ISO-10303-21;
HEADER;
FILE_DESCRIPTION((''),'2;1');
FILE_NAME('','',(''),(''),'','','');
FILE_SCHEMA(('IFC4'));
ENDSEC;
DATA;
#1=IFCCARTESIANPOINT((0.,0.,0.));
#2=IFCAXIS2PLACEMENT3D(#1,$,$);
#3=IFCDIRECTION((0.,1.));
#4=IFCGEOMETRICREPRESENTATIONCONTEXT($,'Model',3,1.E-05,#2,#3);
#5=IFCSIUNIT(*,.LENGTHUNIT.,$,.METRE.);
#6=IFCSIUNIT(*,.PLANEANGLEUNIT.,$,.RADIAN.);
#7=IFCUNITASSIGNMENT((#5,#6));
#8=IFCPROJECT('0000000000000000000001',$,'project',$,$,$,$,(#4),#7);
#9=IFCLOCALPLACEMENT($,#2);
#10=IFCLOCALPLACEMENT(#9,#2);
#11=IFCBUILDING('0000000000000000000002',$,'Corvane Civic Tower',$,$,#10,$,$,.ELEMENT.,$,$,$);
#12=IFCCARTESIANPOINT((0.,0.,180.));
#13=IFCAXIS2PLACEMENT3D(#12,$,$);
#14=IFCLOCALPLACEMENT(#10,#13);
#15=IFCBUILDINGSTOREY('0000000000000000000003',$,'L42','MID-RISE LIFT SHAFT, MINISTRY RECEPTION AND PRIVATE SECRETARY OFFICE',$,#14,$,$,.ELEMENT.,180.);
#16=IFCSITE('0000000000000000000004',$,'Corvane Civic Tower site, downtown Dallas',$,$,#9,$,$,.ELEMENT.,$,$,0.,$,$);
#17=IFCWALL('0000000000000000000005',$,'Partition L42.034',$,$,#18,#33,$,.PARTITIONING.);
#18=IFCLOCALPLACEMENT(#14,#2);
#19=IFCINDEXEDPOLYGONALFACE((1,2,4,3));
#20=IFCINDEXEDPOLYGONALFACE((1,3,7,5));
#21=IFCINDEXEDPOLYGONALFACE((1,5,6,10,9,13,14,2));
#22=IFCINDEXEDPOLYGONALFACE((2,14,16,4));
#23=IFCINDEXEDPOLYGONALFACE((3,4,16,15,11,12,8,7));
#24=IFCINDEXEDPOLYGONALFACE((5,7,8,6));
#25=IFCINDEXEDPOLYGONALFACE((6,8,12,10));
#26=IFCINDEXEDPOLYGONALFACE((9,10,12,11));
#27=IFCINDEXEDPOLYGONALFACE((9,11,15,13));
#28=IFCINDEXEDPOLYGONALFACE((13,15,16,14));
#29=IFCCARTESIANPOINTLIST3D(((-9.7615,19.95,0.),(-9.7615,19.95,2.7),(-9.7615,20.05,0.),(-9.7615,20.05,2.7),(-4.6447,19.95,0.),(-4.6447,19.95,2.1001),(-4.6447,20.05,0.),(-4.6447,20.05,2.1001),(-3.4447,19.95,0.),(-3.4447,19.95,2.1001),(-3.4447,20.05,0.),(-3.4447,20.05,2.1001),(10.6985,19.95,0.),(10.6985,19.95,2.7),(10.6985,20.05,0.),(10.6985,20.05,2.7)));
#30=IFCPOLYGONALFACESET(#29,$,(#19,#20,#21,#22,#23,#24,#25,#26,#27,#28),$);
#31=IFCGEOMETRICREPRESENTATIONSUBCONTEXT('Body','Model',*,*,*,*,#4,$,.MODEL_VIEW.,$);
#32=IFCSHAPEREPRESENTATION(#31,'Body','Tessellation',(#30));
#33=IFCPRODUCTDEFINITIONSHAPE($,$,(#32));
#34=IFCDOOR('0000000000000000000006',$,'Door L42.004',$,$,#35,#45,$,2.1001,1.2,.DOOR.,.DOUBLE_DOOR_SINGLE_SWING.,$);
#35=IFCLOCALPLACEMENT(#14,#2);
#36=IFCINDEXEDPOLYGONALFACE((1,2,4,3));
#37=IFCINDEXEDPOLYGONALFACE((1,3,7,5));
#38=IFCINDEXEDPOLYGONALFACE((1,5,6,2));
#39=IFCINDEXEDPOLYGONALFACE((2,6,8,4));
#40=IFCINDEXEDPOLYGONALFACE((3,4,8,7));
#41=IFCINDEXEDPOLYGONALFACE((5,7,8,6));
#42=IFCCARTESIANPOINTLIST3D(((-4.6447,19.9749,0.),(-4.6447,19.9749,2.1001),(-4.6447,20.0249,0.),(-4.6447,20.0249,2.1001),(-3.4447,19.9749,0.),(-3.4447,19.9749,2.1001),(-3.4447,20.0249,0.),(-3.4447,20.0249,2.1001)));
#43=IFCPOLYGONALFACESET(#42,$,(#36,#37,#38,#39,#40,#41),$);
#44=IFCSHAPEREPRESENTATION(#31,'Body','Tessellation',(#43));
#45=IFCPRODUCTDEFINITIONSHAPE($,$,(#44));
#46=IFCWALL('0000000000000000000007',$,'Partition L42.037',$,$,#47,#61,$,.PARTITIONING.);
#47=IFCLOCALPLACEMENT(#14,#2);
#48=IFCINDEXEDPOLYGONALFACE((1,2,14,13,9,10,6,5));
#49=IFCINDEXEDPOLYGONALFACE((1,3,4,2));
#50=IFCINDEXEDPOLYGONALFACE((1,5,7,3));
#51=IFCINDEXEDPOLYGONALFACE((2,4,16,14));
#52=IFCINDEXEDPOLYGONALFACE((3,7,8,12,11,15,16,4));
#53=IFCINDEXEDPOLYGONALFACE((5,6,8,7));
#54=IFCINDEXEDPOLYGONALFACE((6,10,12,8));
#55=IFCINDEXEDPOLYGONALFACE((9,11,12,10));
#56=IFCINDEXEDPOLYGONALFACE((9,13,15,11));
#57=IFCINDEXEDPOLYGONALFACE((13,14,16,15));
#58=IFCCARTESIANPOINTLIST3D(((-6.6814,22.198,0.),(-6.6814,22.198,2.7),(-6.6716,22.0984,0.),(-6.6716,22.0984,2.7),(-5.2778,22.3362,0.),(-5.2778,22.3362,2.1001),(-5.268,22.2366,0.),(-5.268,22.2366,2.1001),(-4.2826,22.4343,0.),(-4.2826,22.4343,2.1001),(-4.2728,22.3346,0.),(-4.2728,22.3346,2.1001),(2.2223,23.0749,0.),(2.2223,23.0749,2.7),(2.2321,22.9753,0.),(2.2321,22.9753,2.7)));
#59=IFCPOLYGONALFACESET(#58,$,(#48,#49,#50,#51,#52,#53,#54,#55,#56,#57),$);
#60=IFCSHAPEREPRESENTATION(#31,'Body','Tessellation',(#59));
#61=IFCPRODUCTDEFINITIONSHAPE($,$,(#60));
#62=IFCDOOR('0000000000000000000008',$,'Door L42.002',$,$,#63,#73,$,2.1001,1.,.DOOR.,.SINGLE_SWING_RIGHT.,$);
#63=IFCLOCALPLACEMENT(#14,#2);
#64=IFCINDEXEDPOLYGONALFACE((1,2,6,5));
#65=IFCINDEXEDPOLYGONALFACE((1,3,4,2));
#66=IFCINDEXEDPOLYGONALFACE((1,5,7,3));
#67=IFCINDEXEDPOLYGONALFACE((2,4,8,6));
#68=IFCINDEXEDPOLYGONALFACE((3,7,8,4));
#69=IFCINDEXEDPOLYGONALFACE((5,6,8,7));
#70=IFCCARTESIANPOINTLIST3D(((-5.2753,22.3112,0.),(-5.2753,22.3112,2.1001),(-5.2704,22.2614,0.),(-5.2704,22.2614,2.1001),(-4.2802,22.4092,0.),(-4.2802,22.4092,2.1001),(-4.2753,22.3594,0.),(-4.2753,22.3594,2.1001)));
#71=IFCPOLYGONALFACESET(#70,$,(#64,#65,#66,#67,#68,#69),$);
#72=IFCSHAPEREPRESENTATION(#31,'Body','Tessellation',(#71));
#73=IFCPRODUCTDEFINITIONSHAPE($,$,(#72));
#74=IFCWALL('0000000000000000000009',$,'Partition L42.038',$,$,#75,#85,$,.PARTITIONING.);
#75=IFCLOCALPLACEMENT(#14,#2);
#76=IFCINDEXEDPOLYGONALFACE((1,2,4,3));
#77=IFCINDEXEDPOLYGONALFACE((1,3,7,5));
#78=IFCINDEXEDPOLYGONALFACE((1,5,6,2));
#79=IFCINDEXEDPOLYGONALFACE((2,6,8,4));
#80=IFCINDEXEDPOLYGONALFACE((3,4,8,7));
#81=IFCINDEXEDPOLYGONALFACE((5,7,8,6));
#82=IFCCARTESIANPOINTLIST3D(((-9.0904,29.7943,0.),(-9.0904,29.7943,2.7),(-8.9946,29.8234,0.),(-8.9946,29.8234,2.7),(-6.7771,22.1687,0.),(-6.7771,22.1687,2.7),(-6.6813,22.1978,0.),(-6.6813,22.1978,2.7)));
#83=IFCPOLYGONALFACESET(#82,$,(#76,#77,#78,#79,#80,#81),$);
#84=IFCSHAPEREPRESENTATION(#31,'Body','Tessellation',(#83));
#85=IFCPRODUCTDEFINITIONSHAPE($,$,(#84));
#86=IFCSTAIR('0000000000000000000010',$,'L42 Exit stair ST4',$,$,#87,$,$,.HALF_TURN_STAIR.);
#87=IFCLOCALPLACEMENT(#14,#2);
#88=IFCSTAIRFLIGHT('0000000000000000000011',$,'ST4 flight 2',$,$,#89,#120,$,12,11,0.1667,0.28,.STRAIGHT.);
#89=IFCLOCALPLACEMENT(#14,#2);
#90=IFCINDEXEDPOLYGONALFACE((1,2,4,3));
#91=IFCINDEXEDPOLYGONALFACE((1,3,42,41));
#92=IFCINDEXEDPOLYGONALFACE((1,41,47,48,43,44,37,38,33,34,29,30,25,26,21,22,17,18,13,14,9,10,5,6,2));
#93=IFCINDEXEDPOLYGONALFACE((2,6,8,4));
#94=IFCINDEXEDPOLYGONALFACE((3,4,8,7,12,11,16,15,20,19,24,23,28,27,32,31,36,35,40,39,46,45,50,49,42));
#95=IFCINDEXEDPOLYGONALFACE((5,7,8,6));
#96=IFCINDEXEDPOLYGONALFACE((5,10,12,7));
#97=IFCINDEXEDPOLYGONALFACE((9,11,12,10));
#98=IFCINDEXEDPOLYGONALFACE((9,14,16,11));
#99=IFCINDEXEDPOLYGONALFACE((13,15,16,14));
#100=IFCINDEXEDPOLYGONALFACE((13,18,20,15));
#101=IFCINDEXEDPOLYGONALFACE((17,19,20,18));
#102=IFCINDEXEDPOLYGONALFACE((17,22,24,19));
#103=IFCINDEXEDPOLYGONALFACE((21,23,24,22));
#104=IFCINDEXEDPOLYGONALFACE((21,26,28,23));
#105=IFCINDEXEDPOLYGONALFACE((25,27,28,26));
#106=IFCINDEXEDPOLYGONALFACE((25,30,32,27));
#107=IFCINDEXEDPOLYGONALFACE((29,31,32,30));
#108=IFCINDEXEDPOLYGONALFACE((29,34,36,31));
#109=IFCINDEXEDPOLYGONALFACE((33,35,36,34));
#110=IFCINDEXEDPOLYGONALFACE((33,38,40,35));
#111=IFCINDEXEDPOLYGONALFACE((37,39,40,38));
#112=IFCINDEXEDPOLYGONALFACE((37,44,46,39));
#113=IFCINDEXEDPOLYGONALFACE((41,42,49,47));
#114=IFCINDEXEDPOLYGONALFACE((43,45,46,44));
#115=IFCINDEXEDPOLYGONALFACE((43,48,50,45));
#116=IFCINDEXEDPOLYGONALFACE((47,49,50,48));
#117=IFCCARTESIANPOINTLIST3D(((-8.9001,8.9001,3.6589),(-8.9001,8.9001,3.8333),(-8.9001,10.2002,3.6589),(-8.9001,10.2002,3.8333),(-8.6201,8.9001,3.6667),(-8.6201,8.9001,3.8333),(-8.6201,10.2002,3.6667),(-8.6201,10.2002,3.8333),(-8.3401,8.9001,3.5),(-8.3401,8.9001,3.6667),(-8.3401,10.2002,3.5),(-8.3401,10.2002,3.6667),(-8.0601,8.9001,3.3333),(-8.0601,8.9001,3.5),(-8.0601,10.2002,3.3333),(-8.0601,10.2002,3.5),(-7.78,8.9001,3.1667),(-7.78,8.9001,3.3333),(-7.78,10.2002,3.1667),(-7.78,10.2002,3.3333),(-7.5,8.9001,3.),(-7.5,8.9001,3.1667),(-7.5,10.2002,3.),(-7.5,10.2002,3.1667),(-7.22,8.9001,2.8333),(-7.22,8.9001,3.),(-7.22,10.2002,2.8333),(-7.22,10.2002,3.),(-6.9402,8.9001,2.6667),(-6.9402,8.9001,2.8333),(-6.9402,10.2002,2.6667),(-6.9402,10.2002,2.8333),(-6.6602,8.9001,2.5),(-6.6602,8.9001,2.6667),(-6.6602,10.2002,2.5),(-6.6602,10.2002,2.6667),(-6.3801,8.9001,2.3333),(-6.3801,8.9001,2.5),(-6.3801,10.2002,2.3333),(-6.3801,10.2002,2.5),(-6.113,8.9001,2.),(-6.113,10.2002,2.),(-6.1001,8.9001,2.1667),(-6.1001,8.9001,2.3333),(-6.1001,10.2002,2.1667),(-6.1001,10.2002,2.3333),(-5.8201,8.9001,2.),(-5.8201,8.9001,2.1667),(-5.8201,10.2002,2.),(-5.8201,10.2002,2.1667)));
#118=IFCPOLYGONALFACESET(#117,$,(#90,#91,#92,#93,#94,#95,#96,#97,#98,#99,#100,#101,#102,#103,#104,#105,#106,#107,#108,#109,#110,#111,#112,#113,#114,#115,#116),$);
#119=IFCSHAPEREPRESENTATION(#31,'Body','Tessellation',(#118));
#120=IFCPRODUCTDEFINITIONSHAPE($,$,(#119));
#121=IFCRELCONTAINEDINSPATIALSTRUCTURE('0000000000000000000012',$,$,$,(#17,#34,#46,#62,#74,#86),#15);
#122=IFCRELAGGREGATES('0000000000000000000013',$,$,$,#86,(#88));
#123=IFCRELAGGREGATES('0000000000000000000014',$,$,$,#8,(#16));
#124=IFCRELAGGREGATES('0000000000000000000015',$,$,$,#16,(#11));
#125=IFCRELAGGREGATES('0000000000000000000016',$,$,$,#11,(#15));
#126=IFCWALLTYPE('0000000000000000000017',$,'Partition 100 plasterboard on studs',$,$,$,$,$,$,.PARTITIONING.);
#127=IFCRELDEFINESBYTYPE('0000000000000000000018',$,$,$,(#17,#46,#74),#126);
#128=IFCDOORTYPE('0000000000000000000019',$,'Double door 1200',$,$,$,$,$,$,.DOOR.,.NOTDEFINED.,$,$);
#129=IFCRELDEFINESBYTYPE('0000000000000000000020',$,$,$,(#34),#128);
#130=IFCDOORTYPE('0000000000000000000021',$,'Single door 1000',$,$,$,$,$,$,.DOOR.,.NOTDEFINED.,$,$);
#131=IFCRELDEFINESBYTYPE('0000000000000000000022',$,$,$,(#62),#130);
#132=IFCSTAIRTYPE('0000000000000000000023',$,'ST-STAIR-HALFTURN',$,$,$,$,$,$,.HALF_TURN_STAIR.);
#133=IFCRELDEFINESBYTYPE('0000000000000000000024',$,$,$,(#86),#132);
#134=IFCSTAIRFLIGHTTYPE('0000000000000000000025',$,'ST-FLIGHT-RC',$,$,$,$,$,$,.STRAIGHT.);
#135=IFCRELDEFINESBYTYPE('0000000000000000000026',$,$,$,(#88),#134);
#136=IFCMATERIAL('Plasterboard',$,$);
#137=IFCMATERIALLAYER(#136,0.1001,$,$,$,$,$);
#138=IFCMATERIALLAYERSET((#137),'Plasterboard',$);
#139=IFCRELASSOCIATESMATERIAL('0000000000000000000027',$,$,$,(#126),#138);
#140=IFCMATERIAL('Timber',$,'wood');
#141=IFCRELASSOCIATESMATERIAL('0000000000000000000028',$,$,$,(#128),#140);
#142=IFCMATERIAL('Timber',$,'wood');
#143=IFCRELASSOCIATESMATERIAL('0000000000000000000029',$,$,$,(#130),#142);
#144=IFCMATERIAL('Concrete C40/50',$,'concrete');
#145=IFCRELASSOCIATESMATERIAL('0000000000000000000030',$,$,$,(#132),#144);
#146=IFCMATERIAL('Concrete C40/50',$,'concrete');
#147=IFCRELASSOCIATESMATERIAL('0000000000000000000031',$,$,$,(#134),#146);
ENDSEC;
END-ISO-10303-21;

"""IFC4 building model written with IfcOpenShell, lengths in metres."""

from ifc_helpers import new_model, si_unit, direction, frame, frame_2d, origin, place, context, subcontext, project, spatial, polyline, rectangle, outline, extrude, material, layer, layer_set, type_object, element, fill, aggregate, save


model = new_model("IFC4")

# Units and contexts
model_context = context("Model", 3, precision=1e-05, world=origin(), true_north=direction((0.0, 1.0)))
body_context = subcontext(model_context, "Body", "Model", "MODEL_VIEW")
ifc_project = project(units=[si_unit("LENGTHUNIT", "METRE"), si_unit("PLANEANGLEUNIT", "RADIAN")], contexts=[model_context])

# Site, building, storey
site_placement = place(None, origin())
site = spatial("IfcSite", under=ifc_project, at=site_placement, Name="Corvane Civic Tower site, downtown Dallas", CompositionType="ELEMENT", RefElevation=0.0)
building_placement = place(site_placement, origin())
building = spatial("IfcBuilding", under=site, at=building_placement, Name="Corvane Civic Tower", CompositionType="ELEMENT")
storey_placement = place(building_placement, frame((0.0, 0.0, 180.0)))
storey = spatial("IfcBuildingStorey", under=building, at=storey_placement, Name="L42", Description="MID-RISE LIFT SHAFT, MINISTRY RECEPTION AND PRIVATE SECRETARY OFFICE", CompositionType="ELEMENT", Elevation=180.0)

# Walls, openings, doors
ifc_material_1 = material(Name="Plasterboard")
ifc_layer_1 = layer(ifc_material_1, 0.1001)
ifc_layer_set_1 = layer_set([ifc_layer_1], Name="Plasterboard")
wall_type_1 = type_object("IfcWallType", Name="Partition 100 plasterboard on studs", PredefinedType="PARTITIONING", material=ifc_layer_set_1)
wall_1_placement = place(storey_placement, frame((-9.7615, 20.0, 0.0), z_axis=(0.0, 0.0, 1.0), x_axis=(1.0, 0.0, 0.0)))
wall_1 = element("IfcWall", 1, at=wall_1_placement, inside=storey, type_object=wall_type_1, Name="Partition L42.034", PredefinedType="PARTITIONING", context=body_context, shape_type="SweptSolid", body=[
    extrude(rectangle(XDim=20.46, YDim=0.1001, at=frame_2d((10.23, 0.0))), origin(), (0.0, 0.0, 1.0), 2.7),
])
opening_1_placement = place(wall_1_placement, frame((5.1167, 0.0, 0.0)))
opening_1 = element("IfcOpeningElement", 2, at=opening_1_placement, cuts=wall_1, PredefinedType="OPENING", context=body_context, shape_type="SweptSolid", body=[
    extrude(rectangle(XDim=1.2, YDim=2.1001, at=frame_2d((0.6001, 1.05))), frame((0.0, 0.0601, 0.0), z_axis=(0.0, -1.0, 0.0), x_axis=(1.0, 0.0, 0.0)), (0.0, 0.0, 1.0), 0.1201),
])
ifc_material_2 = material(Name="Timber", Category="wood")
door_type_1 = type_object("IfcDoorType", Name="Double door 1200", OperationType="NOTDEFINED", PredefinedType="DOOR", material=ifc_material_2)
door_1_placement = place(opening_1_placement, origin())
door_1 = element("IfcDoor", 3, at=door_1_placement, inside=storey, type_object=door_type_1, Name="Door L42.004", OperationType="DOUBLE_DOOR_SINGLE_SWING", OverallHeight=2.1001, OverallWidth=1.2, PredefinedType="DOOR", context=body_context, shape_type="SweptSolid", body=[
    extrude(rectangle(XDim=1.2, YDim=2.1001, at=frame_2d((0.6001, 1.05))), frame((0.0, 0.0249, 0.0), z_axis=(0.0, -1.0, 0.0), x_axis=(1.0, 0.0, 0.0)), (0.0, 0.0, 1.0), 0.05),
])
fill(opening_1, door_1)
wall_2_placement = place(storey_placement, frame((-6.6765, 22.1482, 0.0), z_axis=(0.0, 0.0, 1.0), x_axis=(0.995185, 0.098018, 0.0)))
wall_2 = element("IfcWall", 4, at=wall_2_placement, inside=storey, type_object=wall_type_1, Name="Partition L42.037", PredefinedType="PARTITIONING", context=body_context, shape_type="SweptSolid", body=[
    extrude(rectangle(XDim=8.9468, YDim=0.1001, at=frame_2d((4.4734, 0.0))), origin(), (0.0, 0.0, 1.0), 2.7),
])
opening_2_placement = place(wall_2_placement, frame((1.4104, 0.0, 0.0)))
opening_2 = element("IfcOpeningElement", 5, at=opening_2_placement, cuts=wall_2, PredefinedType="OPENING", context=body_context, shape_type="SweptSolid", body=[
    extrude(rectangle(XDim=1.0, YDim=2.1001, at=frame_2d((0.5, 1.05))), frame((0.0, 0.0601, 0.0), z_axis=(0.0, -1.0, 0.0), x_axis=(1.0, 0.0, 0.0)), (0.0, 0.0, 1.0), 0.1201),
])
ifc_material_3 = material(Name="Timber", Category="wood")
door_type_2 = type_object("IfcDoorType", Name="Single door 1000", OperationType="NOTDEFINED", PredefinedType="DOOR", material=ifc_material_3)
door_2_placement = place(opening_2_placement, origin())
door_2 = element("IfcDoor", 6, at=door_2_placement, inside=storey, type_object=door_type_2, Name="Door L42.002", OperationType="SINGLE_SWING_RIGHT", OverallHeight=2.1001, OverallWidth=1.0, PredefinedType="DOOR", context=body_context, shape_type="SweptSolid", body=[
    extrude(rectangle(XDim=1.0, YDim=2.1001, at=frame_2d((0.5, 1.05))), frame((0.0, 0.0249, 0.0), z_axis=(0.0, -1.0, 0.0), x_axis=(1.0, 0.0, 0.0)), (0.0, 0.0, 1.0), 0.05),
])
fill(opening_2, door_2)

# Wall
wall_3_placement = place(storey_placement, frame((-9.0425, 29.8088, 0.0), z_axis=(0.0, 0.0, 1.0), x_axis=(0.290292, -0.956938, 0.0)))
element("IfcWall", 7, at=wall_3_placement, inside=storey, type_object=wall_type_1, Name="Partition L42.038", PredefinedType="PARTITIONING", context=body_context, shape_type="SweptSolid", body=[
    extrude(rectangle(XDim=7.9688, YDim=0.1001, at=frame_2d((3.9844, 0.0))), origin(), (0.0, 0.0, 1.0), 2.7),
])

# Stair, stair flight
ifc_material_4 = material(Name="Concrete C40/50", Category="concrete")
stair_type = type_object("IfcStairType", Name="ST-STAIR-HALFTURN", PredefinedType="HALF_TURN_STAIR", material=ifc_material_4)
stair_placement = place(storey_placement, origin())
stair = element("IfcStair", 8, at=stair_placement, inside=storey, type_object=stair_type, Name="L42 Exit stair ST4", PredefinedType="HALF_TURN_STAIR")
ifc_material_5 = material(Name="Concrete C40/50", Category="concrete")
stair_flight_type = type_object("IfcStairFlightType", Name="ST-FLIGHT-RC", PredefinedType="STRAIGHT", material=ifc_material_5)
stair_flight_placement = place(storey_placement, frame((-5.8201, 9.55, 2.0), z_axis=(0.0, 0.0, 1.0), x_axis=(-1.0, 0.0, 0.0)))
stair_flight = element("IfcStairFlight", 9, at=stair_flight_placement, type_object=stair_flight_type, Name="ST4 flight 2", NumberOfRisers=12, NumberOfTreads=11, PredefinedType="STRAIGHT", RiserHeight=0.1667, TreadLength=0.28, context=body_context, shape_type="SweptSolid", body=[
    extrude(outline(polyline([(0.0, 0.0), (0.0, 0.1667), (0.28, 0.1667), (0.28, 0.3333), (0.5601, 0.3333), (0.5601, 0.5), (0.8401, 0.5), (0.8401, 0.6667), (1.1201, 0.6667), (1.1201, 0.8333), (1.3999, 0.8333), (1.3999, 1.0), (1.6799, 1.0), (1.6799, 1.1667), (1.96, 1.1667), (1.96, 1.3333), (2.24, 1.3333), (2.24, 1.5), (2.52, 1.5), (2.52, 1.6667), (2.8, 1.6667), (2.8, 1.8333), (3.0801, 1.8333), (3.0801, 2.0), (3.0801, 1.6589), (0.293, 0.0), (0.0, 0.0)])), frame((0.0, 0.6499, 0.0), z_axis=(0.0, -1.0, 0.0), x_axis=(1.0, 0.0, 0.0)), (0.0, 0.0, 1.0), 1.3),
])
aggregate(stair, [stair_flight])

save(model, "model.ifc")
